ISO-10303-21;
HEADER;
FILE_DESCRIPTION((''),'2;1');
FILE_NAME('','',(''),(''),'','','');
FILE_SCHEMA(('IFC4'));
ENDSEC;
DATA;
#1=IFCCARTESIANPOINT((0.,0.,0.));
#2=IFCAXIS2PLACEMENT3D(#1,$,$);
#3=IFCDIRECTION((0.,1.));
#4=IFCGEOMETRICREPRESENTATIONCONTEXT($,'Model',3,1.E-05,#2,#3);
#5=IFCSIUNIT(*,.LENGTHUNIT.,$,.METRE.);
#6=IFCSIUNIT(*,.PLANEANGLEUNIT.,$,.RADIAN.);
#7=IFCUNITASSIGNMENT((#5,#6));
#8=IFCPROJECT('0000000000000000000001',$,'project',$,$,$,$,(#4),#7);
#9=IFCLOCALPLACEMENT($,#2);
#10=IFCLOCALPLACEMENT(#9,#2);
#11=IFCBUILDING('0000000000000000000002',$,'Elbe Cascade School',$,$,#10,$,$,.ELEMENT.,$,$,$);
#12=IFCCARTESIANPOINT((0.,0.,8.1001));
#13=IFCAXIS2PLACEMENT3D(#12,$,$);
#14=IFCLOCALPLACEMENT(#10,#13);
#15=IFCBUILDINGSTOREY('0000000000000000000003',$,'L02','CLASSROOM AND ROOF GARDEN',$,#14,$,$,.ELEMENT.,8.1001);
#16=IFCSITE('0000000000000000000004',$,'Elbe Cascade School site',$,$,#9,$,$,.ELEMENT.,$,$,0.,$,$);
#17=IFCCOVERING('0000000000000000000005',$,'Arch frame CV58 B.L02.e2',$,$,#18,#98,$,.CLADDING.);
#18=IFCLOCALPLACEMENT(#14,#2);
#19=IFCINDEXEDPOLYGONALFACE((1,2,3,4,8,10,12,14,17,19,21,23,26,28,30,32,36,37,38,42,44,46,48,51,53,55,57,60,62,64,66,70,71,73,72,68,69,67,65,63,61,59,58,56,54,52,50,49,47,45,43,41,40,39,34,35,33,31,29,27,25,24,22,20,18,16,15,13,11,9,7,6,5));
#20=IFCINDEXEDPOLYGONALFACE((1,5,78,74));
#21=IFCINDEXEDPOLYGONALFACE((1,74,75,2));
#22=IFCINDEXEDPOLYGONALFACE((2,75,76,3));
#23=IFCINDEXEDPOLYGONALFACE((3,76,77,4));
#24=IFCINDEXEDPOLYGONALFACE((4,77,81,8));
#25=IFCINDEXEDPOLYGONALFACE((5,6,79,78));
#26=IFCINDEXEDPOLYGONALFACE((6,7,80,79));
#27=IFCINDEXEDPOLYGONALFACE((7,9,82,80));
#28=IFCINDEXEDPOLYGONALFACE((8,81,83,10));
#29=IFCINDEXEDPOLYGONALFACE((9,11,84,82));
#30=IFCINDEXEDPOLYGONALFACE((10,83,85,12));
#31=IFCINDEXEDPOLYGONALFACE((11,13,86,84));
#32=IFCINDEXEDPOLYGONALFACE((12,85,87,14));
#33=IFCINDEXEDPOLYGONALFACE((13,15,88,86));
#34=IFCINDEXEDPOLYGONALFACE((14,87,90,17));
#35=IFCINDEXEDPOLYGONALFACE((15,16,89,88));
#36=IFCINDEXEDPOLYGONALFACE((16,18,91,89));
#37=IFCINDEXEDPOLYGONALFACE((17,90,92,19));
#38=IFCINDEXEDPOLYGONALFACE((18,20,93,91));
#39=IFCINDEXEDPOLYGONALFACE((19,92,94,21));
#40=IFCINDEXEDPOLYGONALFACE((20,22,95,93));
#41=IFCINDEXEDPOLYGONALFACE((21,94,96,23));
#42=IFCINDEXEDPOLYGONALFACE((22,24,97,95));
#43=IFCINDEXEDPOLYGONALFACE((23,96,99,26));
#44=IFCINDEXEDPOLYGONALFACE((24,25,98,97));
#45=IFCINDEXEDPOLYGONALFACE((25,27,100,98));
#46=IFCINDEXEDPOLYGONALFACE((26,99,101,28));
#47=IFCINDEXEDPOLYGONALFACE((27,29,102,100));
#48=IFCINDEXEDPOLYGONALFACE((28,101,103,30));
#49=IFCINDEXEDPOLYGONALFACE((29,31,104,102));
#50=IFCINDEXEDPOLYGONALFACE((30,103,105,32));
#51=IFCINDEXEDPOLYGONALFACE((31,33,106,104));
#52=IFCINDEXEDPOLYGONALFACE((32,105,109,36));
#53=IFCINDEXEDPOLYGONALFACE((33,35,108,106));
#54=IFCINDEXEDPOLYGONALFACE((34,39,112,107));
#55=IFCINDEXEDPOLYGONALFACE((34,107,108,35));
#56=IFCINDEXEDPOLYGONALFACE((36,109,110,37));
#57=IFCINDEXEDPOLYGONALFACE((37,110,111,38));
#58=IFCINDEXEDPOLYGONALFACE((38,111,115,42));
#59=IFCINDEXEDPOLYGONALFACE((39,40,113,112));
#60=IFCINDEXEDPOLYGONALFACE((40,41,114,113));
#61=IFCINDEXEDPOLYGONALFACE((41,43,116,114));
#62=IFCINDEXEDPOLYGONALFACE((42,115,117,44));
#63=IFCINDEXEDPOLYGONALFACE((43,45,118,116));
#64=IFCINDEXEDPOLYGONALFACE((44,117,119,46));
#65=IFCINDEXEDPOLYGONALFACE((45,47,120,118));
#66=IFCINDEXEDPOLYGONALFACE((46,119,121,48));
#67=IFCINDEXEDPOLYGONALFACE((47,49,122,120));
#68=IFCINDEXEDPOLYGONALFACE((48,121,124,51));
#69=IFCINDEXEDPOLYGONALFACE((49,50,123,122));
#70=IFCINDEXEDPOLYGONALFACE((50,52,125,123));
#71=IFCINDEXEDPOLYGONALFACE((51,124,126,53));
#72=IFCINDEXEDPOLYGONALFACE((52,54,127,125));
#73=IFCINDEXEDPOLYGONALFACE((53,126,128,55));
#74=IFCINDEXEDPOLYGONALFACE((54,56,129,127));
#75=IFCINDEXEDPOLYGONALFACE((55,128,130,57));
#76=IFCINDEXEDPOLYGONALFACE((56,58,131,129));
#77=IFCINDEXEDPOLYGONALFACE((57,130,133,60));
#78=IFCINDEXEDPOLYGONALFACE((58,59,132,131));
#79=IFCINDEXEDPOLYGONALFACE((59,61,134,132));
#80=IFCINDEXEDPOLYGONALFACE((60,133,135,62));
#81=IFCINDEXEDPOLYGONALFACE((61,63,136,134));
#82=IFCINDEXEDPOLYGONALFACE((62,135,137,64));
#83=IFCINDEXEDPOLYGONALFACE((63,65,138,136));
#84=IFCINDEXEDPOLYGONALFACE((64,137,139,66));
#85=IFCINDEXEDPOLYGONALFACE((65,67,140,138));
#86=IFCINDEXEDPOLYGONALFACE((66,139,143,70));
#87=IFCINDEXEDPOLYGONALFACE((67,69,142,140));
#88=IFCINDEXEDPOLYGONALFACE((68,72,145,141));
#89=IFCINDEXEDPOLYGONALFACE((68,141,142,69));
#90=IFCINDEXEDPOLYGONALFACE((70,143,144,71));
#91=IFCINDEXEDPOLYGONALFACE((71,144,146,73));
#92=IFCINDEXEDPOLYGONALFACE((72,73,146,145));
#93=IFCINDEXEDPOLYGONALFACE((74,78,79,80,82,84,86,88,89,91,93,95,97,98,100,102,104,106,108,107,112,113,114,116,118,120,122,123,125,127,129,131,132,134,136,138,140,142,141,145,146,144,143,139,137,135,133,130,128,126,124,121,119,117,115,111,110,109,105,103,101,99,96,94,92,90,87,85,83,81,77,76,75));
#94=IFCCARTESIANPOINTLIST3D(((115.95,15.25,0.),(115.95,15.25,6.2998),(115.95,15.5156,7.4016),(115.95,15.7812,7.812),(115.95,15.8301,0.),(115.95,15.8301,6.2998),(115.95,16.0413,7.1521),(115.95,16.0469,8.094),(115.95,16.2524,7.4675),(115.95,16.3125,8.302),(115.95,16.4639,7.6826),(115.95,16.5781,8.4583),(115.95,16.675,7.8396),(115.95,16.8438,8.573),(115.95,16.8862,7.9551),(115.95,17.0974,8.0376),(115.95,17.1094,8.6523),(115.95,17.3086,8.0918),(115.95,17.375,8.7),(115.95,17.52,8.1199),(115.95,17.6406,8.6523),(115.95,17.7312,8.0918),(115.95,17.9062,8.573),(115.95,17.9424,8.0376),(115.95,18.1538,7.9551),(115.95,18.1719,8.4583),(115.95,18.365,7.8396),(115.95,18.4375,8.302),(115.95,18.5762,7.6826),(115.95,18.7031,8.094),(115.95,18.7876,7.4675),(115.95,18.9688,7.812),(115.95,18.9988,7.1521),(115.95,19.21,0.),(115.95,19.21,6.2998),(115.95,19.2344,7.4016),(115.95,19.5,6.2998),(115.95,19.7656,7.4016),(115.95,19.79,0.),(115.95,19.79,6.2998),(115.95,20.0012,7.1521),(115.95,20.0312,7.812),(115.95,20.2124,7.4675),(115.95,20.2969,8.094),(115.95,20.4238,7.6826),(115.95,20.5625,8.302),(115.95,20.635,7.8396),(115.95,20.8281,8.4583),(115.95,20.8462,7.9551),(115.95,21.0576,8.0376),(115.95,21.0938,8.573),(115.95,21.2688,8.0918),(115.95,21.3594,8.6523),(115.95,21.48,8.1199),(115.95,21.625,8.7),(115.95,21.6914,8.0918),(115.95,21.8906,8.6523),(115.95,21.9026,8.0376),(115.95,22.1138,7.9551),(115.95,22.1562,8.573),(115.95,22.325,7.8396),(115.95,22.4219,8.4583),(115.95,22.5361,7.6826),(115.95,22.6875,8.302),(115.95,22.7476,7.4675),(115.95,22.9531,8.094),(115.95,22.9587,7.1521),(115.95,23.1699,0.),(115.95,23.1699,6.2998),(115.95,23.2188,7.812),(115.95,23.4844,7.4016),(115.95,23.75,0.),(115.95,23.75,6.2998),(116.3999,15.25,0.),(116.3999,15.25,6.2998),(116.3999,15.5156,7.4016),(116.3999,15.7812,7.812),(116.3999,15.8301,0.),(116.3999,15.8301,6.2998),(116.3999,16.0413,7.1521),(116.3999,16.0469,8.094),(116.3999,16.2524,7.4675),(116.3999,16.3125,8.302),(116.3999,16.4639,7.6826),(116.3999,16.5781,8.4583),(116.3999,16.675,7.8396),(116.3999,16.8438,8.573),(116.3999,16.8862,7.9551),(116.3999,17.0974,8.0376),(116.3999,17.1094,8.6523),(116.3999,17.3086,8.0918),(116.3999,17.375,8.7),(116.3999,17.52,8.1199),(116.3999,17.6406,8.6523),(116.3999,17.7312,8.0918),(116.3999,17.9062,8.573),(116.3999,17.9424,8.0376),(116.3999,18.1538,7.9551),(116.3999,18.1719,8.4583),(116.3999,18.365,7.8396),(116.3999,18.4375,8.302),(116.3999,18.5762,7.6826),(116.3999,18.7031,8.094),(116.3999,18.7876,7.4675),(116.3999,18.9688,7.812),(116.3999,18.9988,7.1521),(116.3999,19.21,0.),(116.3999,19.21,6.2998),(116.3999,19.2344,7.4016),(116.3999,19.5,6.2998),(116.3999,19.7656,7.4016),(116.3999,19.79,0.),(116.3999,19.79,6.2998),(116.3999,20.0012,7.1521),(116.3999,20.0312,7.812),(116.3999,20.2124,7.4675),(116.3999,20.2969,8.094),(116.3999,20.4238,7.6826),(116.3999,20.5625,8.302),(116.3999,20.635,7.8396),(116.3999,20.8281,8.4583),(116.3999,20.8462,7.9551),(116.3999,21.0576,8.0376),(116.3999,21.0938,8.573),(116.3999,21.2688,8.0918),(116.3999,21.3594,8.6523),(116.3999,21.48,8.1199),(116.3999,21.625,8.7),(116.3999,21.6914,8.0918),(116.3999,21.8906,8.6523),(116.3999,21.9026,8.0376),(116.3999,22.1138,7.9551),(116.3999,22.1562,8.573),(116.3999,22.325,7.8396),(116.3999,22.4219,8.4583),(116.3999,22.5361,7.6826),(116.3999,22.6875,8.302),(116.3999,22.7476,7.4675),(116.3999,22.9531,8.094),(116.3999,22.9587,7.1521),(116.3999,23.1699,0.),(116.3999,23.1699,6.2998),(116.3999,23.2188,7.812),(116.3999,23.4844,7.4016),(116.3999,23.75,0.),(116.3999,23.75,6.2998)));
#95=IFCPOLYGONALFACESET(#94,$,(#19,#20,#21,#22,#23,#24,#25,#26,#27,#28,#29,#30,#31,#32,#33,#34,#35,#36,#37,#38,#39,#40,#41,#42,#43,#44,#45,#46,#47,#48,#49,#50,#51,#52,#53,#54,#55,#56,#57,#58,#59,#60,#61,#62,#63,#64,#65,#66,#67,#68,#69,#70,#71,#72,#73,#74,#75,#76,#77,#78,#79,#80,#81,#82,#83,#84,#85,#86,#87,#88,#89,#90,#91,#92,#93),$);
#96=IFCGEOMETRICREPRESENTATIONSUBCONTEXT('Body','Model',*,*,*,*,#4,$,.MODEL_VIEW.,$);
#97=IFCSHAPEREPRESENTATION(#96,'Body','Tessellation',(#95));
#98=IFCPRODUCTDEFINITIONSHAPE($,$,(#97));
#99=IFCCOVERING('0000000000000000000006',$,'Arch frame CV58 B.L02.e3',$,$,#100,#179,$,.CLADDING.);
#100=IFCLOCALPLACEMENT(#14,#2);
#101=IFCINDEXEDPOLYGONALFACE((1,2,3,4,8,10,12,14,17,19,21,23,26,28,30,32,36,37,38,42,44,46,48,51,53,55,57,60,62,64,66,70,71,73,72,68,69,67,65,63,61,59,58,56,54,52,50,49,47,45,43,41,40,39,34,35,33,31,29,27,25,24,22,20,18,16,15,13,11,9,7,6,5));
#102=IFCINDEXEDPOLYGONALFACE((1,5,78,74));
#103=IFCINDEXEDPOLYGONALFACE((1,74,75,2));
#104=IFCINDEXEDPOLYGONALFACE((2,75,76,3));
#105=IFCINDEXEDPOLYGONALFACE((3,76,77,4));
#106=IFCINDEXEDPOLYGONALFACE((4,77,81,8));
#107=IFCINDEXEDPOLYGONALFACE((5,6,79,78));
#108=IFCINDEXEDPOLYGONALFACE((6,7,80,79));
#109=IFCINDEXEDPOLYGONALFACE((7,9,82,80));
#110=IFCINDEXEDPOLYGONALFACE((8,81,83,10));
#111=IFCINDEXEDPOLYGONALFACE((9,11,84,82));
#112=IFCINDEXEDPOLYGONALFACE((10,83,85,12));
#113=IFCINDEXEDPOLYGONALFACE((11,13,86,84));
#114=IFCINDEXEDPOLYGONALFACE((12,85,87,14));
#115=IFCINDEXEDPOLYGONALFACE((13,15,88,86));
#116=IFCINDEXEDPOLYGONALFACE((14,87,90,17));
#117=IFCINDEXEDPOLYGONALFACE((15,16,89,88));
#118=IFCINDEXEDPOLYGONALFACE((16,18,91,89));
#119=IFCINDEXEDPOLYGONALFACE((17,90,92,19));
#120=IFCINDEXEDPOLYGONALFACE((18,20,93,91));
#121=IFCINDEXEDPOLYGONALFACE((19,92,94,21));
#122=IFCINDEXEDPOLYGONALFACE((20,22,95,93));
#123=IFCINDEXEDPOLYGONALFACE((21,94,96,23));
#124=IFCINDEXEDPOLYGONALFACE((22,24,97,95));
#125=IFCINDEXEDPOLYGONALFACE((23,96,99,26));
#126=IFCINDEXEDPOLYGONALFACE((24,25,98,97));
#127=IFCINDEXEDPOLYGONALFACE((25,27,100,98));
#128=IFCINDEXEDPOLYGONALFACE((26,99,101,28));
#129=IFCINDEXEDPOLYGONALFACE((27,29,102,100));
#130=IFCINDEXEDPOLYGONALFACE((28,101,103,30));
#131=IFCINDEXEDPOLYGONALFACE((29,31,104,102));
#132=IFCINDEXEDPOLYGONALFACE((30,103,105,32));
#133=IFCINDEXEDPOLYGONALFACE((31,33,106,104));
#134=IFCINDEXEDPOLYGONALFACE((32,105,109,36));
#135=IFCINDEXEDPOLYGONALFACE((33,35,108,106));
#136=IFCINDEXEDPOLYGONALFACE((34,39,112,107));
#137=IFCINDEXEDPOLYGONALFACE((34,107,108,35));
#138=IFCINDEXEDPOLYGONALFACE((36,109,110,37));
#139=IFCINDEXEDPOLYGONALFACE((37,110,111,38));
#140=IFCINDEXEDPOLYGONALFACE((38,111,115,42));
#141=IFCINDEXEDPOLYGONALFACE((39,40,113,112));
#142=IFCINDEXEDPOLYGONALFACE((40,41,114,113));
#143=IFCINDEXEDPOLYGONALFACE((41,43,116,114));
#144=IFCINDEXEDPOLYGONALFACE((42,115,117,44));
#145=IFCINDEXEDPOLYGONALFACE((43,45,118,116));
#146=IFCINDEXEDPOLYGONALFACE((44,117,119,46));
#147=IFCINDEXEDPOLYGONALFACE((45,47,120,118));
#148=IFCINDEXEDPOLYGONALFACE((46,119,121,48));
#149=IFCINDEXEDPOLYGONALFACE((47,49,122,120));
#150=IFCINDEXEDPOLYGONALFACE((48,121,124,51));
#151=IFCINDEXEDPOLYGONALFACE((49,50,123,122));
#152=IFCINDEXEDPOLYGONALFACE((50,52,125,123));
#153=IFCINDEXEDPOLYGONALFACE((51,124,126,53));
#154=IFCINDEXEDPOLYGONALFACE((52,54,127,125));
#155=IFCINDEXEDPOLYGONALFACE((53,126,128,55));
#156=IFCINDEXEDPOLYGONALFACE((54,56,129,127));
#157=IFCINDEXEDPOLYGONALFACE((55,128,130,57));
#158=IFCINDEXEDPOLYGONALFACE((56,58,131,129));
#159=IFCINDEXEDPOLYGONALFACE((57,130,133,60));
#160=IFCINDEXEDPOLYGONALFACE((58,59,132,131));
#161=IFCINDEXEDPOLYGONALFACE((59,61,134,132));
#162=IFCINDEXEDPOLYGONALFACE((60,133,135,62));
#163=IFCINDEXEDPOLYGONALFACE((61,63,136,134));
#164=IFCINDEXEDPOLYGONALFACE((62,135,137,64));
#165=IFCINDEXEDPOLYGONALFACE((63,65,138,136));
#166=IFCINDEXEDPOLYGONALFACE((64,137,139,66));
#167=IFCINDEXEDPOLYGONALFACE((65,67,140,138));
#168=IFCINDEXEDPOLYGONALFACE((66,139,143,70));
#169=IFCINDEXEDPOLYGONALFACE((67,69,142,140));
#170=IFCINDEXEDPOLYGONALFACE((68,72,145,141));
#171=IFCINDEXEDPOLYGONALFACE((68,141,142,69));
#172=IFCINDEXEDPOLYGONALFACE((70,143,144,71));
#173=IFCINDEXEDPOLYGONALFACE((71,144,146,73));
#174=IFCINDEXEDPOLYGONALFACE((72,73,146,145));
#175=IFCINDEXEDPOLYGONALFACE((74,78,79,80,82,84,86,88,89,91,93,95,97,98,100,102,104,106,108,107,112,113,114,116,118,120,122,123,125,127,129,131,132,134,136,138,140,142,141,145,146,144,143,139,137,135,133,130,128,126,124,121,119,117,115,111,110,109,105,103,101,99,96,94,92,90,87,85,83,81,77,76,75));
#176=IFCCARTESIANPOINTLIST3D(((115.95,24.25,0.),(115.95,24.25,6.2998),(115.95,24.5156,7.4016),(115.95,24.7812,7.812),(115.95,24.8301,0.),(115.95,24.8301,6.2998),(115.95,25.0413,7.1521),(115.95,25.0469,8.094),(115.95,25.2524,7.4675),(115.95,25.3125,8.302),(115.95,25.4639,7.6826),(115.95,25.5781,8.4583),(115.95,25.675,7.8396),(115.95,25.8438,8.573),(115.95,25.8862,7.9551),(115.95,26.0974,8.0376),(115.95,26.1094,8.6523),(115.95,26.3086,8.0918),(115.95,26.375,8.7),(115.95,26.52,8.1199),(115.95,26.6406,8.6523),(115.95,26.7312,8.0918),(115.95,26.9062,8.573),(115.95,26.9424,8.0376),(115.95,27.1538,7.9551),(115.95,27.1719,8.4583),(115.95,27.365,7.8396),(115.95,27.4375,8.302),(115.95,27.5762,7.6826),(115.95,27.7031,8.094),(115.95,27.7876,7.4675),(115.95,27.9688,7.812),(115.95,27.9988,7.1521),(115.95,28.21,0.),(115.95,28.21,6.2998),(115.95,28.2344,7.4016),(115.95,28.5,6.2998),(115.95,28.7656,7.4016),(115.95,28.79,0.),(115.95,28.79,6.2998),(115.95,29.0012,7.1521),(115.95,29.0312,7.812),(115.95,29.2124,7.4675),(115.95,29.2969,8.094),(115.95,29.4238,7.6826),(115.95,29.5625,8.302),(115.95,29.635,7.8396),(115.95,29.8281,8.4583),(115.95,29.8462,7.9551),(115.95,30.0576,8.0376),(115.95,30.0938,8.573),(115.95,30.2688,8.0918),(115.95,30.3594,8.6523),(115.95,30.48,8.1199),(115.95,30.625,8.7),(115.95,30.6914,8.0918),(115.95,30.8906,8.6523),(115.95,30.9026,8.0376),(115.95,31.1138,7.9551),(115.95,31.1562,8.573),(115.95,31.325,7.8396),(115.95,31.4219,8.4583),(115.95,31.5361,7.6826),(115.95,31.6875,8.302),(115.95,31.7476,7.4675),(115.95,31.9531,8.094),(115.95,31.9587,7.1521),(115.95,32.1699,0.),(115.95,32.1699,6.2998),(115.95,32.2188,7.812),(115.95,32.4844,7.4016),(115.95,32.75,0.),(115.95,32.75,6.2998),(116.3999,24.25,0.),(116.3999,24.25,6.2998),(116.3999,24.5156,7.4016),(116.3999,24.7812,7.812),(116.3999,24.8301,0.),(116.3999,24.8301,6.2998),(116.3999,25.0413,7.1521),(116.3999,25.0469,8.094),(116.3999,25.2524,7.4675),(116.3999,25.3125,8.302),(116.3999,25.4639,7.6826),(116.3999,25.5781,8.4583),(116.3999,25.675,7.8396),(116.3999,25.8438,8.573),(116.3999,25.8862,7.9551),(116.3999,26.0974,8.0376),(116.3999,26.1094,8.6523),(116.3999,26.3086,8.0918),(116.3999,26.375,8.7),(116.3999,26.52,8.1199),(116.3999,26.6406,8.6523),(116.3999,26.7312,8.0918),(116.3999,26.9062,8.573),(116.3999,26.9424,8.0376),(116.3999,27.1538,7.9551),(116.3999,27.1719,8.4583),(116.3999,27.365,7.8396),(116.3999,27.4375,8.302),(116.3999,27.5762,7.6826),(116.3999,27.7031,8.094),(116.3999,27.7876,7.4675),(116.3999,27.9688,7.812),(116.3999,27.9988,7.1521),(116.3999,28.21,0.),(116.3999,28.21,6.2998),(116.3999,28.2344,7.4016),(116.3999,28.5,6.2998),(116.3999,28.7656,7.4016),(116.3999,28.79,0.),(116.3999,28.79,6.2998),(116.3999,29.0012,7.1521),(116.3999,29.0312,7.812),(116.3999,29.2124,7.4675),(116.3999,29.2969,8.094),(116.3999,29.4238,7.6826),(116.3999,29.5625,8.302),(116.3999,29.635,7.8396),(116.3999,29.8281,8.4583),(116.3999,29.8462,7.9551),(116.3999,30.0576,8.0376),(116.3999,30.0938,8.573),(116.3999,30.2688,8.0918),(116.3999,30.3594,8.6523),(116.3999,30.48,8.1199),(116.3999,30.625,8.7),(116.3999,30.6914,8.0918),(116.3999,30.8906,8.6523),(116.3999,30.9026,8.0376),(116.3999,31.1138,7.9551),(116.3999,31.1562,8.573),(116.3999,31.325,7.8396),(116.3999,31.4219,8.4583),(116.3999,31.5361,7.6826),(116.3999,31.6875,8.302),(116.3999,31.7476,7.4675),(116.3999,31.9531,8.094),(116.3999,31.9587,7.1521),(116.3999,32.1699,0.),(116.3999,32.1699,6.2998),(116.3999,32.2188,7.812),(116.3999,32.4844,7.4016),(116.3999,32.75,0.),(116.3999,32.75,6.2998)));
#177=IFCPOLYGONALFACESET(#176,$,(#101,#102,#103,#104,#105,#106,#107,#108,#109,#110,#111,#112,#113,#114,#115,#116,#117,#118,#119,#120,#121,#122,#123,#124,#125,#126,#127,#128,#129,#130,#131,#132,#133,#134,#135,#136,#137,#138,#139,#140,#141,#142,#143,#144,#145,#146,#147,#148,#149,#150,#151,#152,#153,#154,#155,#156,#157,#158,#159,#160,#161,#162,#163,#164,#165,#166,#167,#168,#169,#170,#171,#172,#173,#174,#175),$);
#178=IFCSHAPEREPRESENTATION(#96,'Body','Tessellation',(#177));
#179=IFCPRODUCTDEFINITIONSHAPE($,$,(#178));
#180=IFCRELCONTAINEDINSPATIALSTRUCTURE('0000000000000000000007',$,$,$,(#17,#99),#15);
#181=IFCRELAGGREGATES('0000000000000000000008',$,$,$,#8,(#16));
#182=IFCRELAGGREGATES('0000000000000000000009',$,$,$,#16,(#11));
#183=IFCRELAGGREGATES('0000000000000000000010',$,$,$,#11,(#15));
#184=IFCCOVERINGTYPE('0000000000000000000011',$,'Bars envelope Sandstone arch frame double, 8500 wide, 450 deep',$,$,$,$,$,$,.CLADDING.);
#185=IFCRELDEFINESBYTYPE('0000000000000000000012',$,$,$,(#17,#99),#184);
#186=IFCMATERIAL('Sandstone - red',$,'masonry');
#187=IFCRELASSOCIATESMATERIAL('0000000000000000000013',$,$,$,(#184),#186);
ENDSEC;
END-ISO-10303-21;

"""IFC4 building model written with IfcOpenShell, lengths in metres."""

from ifc_helpers import new_model, si_unit, direction, frame, origin, place, context, subcontext, project, spatial, polyline, outline, extrude, material, type_object, element, save


model = new_model("IFC4")

# Units and contexts
model_context = context("Model", 3, precision=1e-05, world=origin(), true_north=direction((0.0, 1.0)))
body_context = subcontext(model_context, "Body", "Model", "MODEL_VIEW")
ifc_project = project(units=[si_unit("LENGTHUNIT", "METRE"), si_unit("PLANEANGLEUNIT", "RADIAN")], contexts=[model_context])

# Site, building, storey
site_placement = place(None, origin())
site = spatial("IfcSite", under=ifc_project, at=site_placement, Name="Elbe Cascade School site", CompositionType="ELEMENT", RefElevation=0.0)
building_placement = place(site_placement, origin())
building = spatial("IfcBuilding", under=site, at=building_placement, Name="Elbe Cascade School", CompositionType="ELEMENT")
storey_placement = place(building_placement, frame((0.0, 0.0, 8.1001)))
storey = spatial("IfcBuildingStorey", under=building, at=storey_placement, Name="L02", Description="CLASSROOM AND ROOF GARDEN", CompositionType="ELEMENT", Elevation=8.1001)

# Coverings
ifc_material_1 = material(Name="Sandstone - red", Category="masonry")
covering_type_1 = type_object("IfcCoveringType", Name="Bars envelope Sandstone arch frame double, 8500 wide, 450 deep", PredefinedType="CLADDING", material=ifc_material_1)
covering_1_placement = place(storey_placement, frame((116.3999, 15.8301, 0.0), z_axis=(1.0, 0.0, 0.0), x_axis=(0.0, 0.0, 1.0)))
element("IfcCovering", 1, at=covering_1_placement, inside=storey, type_object=covering_type_1, Name="Arch frame CV58 B.L02.e2", PredefinedType="CLADDING", context=body_context, shape_type="SweptSolid", body=[
    extrude(outline(polyline([(0.0, 0.0), (6.2998, 0.0), (7.1521, -0.2112), (7.4675, -0.4224), (7.6826, -0.6338), (7.8396, -0.845), (7.9551, -1.0562), (8.0376, -1.2673), (8.0918, -1.4785), (8.1199, -1.6899), (8.0918, -1.9011), (8.0376, -2.1123), (7.9551, -2.3237), (7.8396, -2.5349), (7.6826, -2.7461), (7.4675, -2.9575), (7.1521, -3.1687), (6.2998, -3.3799), (0.0, -3.3799), (0.0, -3.96), (6.2998, -3.96), (7.1521, -4.1711), (7.4675, -4.3823), (7.6826, -4.5938), (7.8396, -4.8049), (7.9551, -5.0161), (8.0376, -5.2275), (8.0918, -5.4387), (8.1199, -5.6499), (8.0918, -5.8613), (8.0376, -6.0725), (7.9551, -6.2837), (7.8396, -6.4949), (7.6826, -6.7061), (7.4675, -6.9175), (7.1521, -7.1287), (6.2998, -7.3398), (0.0, -7.3398), (0.0, -7.9199), (6.2998, -7.9199), (7.4016, -7.6543), (7.812, -7.3887), (8.094, -7.123), (8.302, -6.8574), (8.4583, -6.5918), (8.573, -6.3262), (8.6523, -6.0605), (8.7, -5.7949), (8.6523, -5.5293), (8.573, -5.2637), (8.4583, -4.998), (8.302, -4.7324), (8.094, -4.4668), (7.812, -4.2012), (7.4016, -3.9355), (6.2998, -3.6699), (7.4016, -3.4043), (7.812, -3.1387), (8.094, -2.873), (8.302, -2.6074), (8.4583, -2.3418), (8.573, -2.0762), (8.6523, -1.8105), (8.7, -1.5449), (8.6523, -1.2793), (8.573, -1.0137), (8.4583, -0.748), (8.302, -0.4824), (8.094, -0.2168), (7.812, 0.0488), (7.4016, 0.3145), (6.2998, 0.5801), (0.0, 0.5801), (0.0, 0.0)])), origin(), (0.0, 0.0, -1.0), 0.45),
])
covering_2_placement = place(storey_placement, frame((116.3999, 24.8301, 0.0), z_axis=(1.0, 0.0, 0.0), x_axis=(0.0, 0.0, 1.0)))
element("IfcCovering", 2, at=covering_2_placement, inside=storey, type_object=covering_type_1, Name="Arch frame CV58 B.L02.e3", PredefinedType="CLADDING", context=body_context, shape_type="SweptSolid", body=[
    extrude(outline(polyline([(0.0, 0.0), (6.2998, 0.0), (7.1521, -0.2112), (7.4675, -0.4224), (7.6826, -0.6338), (7.8396, -0.845), (7.9551, -1.0562), (8.0376, -1.2673), (8.0918, -1.4785), (8.1199, -1.6899), (8.0918, -1.9011), (8.0376, -2.1123), (7.9551, -2.3237), (7.8396, -2.5349), (7.6826, -2.7461), (7.4675, -2.9575), (7.1521, -3.1687), (6.2998, -3.3799), (0.0, -3.3799), (0.0, -3.96), (6.2998, -3.96), (7.1521, -4.1711), (7.4675, -4.3823), (7.6826, -4.5938), (7.8396, -4.8049), (7.9551, -5.0161), (8.0376, -5.2275), (8.0918, -5.4387), (8.1199, -5.6499), (8.0918, -5.8613), (8.0376, -6.0725), (7.9551, -6.2837), (7.8396, -6.4949), (7.6826, -6.7061), (7.4675, -6.9175), (7.1521, -7.1287), (6.2998, -7.3398), (0.0, -7.3398), (0.0, -7.9199), (6.2998, -7.9199), (7.4016, -7.6543), (7.812, -7.3887), (8.094, -7.123), (8.302, -6.8574), (8.4583, -6.5918), (8.573, -6.3262), (8.6523, -6.0605), (8.7, -5.7949), (8.6523, -5.5293), (8.573, -5.2637), (8.4583, -4.998), (8.302, -4.7324), (8.094, -4.4668), (7.812, -4.2012), (7.4016, -3.9355), (6.2998, -3.6699), (7.4016, -3.4043), (7.812, -3.1387), (8.094, -2.873), (8.302, -2.6074), (8.4583, -2.3418), (8.573, -2.0762), (8.6523, -1.8105), (8.7, -1.5449), (8.6523, -1.2793), (8.573, -1.0137), (8.4583, -0.748), (8.302, -0.4824), (8.094, -0.2168), (7.812, 0.0488), (7.4016, 0.3145), (6.2998, 0.5801), (0.0, 0.5801), (0.0, 0.0)])), origin(), (0.0, 0.0, -1.0), 0.45),
])

save(model, "model.ifc")
